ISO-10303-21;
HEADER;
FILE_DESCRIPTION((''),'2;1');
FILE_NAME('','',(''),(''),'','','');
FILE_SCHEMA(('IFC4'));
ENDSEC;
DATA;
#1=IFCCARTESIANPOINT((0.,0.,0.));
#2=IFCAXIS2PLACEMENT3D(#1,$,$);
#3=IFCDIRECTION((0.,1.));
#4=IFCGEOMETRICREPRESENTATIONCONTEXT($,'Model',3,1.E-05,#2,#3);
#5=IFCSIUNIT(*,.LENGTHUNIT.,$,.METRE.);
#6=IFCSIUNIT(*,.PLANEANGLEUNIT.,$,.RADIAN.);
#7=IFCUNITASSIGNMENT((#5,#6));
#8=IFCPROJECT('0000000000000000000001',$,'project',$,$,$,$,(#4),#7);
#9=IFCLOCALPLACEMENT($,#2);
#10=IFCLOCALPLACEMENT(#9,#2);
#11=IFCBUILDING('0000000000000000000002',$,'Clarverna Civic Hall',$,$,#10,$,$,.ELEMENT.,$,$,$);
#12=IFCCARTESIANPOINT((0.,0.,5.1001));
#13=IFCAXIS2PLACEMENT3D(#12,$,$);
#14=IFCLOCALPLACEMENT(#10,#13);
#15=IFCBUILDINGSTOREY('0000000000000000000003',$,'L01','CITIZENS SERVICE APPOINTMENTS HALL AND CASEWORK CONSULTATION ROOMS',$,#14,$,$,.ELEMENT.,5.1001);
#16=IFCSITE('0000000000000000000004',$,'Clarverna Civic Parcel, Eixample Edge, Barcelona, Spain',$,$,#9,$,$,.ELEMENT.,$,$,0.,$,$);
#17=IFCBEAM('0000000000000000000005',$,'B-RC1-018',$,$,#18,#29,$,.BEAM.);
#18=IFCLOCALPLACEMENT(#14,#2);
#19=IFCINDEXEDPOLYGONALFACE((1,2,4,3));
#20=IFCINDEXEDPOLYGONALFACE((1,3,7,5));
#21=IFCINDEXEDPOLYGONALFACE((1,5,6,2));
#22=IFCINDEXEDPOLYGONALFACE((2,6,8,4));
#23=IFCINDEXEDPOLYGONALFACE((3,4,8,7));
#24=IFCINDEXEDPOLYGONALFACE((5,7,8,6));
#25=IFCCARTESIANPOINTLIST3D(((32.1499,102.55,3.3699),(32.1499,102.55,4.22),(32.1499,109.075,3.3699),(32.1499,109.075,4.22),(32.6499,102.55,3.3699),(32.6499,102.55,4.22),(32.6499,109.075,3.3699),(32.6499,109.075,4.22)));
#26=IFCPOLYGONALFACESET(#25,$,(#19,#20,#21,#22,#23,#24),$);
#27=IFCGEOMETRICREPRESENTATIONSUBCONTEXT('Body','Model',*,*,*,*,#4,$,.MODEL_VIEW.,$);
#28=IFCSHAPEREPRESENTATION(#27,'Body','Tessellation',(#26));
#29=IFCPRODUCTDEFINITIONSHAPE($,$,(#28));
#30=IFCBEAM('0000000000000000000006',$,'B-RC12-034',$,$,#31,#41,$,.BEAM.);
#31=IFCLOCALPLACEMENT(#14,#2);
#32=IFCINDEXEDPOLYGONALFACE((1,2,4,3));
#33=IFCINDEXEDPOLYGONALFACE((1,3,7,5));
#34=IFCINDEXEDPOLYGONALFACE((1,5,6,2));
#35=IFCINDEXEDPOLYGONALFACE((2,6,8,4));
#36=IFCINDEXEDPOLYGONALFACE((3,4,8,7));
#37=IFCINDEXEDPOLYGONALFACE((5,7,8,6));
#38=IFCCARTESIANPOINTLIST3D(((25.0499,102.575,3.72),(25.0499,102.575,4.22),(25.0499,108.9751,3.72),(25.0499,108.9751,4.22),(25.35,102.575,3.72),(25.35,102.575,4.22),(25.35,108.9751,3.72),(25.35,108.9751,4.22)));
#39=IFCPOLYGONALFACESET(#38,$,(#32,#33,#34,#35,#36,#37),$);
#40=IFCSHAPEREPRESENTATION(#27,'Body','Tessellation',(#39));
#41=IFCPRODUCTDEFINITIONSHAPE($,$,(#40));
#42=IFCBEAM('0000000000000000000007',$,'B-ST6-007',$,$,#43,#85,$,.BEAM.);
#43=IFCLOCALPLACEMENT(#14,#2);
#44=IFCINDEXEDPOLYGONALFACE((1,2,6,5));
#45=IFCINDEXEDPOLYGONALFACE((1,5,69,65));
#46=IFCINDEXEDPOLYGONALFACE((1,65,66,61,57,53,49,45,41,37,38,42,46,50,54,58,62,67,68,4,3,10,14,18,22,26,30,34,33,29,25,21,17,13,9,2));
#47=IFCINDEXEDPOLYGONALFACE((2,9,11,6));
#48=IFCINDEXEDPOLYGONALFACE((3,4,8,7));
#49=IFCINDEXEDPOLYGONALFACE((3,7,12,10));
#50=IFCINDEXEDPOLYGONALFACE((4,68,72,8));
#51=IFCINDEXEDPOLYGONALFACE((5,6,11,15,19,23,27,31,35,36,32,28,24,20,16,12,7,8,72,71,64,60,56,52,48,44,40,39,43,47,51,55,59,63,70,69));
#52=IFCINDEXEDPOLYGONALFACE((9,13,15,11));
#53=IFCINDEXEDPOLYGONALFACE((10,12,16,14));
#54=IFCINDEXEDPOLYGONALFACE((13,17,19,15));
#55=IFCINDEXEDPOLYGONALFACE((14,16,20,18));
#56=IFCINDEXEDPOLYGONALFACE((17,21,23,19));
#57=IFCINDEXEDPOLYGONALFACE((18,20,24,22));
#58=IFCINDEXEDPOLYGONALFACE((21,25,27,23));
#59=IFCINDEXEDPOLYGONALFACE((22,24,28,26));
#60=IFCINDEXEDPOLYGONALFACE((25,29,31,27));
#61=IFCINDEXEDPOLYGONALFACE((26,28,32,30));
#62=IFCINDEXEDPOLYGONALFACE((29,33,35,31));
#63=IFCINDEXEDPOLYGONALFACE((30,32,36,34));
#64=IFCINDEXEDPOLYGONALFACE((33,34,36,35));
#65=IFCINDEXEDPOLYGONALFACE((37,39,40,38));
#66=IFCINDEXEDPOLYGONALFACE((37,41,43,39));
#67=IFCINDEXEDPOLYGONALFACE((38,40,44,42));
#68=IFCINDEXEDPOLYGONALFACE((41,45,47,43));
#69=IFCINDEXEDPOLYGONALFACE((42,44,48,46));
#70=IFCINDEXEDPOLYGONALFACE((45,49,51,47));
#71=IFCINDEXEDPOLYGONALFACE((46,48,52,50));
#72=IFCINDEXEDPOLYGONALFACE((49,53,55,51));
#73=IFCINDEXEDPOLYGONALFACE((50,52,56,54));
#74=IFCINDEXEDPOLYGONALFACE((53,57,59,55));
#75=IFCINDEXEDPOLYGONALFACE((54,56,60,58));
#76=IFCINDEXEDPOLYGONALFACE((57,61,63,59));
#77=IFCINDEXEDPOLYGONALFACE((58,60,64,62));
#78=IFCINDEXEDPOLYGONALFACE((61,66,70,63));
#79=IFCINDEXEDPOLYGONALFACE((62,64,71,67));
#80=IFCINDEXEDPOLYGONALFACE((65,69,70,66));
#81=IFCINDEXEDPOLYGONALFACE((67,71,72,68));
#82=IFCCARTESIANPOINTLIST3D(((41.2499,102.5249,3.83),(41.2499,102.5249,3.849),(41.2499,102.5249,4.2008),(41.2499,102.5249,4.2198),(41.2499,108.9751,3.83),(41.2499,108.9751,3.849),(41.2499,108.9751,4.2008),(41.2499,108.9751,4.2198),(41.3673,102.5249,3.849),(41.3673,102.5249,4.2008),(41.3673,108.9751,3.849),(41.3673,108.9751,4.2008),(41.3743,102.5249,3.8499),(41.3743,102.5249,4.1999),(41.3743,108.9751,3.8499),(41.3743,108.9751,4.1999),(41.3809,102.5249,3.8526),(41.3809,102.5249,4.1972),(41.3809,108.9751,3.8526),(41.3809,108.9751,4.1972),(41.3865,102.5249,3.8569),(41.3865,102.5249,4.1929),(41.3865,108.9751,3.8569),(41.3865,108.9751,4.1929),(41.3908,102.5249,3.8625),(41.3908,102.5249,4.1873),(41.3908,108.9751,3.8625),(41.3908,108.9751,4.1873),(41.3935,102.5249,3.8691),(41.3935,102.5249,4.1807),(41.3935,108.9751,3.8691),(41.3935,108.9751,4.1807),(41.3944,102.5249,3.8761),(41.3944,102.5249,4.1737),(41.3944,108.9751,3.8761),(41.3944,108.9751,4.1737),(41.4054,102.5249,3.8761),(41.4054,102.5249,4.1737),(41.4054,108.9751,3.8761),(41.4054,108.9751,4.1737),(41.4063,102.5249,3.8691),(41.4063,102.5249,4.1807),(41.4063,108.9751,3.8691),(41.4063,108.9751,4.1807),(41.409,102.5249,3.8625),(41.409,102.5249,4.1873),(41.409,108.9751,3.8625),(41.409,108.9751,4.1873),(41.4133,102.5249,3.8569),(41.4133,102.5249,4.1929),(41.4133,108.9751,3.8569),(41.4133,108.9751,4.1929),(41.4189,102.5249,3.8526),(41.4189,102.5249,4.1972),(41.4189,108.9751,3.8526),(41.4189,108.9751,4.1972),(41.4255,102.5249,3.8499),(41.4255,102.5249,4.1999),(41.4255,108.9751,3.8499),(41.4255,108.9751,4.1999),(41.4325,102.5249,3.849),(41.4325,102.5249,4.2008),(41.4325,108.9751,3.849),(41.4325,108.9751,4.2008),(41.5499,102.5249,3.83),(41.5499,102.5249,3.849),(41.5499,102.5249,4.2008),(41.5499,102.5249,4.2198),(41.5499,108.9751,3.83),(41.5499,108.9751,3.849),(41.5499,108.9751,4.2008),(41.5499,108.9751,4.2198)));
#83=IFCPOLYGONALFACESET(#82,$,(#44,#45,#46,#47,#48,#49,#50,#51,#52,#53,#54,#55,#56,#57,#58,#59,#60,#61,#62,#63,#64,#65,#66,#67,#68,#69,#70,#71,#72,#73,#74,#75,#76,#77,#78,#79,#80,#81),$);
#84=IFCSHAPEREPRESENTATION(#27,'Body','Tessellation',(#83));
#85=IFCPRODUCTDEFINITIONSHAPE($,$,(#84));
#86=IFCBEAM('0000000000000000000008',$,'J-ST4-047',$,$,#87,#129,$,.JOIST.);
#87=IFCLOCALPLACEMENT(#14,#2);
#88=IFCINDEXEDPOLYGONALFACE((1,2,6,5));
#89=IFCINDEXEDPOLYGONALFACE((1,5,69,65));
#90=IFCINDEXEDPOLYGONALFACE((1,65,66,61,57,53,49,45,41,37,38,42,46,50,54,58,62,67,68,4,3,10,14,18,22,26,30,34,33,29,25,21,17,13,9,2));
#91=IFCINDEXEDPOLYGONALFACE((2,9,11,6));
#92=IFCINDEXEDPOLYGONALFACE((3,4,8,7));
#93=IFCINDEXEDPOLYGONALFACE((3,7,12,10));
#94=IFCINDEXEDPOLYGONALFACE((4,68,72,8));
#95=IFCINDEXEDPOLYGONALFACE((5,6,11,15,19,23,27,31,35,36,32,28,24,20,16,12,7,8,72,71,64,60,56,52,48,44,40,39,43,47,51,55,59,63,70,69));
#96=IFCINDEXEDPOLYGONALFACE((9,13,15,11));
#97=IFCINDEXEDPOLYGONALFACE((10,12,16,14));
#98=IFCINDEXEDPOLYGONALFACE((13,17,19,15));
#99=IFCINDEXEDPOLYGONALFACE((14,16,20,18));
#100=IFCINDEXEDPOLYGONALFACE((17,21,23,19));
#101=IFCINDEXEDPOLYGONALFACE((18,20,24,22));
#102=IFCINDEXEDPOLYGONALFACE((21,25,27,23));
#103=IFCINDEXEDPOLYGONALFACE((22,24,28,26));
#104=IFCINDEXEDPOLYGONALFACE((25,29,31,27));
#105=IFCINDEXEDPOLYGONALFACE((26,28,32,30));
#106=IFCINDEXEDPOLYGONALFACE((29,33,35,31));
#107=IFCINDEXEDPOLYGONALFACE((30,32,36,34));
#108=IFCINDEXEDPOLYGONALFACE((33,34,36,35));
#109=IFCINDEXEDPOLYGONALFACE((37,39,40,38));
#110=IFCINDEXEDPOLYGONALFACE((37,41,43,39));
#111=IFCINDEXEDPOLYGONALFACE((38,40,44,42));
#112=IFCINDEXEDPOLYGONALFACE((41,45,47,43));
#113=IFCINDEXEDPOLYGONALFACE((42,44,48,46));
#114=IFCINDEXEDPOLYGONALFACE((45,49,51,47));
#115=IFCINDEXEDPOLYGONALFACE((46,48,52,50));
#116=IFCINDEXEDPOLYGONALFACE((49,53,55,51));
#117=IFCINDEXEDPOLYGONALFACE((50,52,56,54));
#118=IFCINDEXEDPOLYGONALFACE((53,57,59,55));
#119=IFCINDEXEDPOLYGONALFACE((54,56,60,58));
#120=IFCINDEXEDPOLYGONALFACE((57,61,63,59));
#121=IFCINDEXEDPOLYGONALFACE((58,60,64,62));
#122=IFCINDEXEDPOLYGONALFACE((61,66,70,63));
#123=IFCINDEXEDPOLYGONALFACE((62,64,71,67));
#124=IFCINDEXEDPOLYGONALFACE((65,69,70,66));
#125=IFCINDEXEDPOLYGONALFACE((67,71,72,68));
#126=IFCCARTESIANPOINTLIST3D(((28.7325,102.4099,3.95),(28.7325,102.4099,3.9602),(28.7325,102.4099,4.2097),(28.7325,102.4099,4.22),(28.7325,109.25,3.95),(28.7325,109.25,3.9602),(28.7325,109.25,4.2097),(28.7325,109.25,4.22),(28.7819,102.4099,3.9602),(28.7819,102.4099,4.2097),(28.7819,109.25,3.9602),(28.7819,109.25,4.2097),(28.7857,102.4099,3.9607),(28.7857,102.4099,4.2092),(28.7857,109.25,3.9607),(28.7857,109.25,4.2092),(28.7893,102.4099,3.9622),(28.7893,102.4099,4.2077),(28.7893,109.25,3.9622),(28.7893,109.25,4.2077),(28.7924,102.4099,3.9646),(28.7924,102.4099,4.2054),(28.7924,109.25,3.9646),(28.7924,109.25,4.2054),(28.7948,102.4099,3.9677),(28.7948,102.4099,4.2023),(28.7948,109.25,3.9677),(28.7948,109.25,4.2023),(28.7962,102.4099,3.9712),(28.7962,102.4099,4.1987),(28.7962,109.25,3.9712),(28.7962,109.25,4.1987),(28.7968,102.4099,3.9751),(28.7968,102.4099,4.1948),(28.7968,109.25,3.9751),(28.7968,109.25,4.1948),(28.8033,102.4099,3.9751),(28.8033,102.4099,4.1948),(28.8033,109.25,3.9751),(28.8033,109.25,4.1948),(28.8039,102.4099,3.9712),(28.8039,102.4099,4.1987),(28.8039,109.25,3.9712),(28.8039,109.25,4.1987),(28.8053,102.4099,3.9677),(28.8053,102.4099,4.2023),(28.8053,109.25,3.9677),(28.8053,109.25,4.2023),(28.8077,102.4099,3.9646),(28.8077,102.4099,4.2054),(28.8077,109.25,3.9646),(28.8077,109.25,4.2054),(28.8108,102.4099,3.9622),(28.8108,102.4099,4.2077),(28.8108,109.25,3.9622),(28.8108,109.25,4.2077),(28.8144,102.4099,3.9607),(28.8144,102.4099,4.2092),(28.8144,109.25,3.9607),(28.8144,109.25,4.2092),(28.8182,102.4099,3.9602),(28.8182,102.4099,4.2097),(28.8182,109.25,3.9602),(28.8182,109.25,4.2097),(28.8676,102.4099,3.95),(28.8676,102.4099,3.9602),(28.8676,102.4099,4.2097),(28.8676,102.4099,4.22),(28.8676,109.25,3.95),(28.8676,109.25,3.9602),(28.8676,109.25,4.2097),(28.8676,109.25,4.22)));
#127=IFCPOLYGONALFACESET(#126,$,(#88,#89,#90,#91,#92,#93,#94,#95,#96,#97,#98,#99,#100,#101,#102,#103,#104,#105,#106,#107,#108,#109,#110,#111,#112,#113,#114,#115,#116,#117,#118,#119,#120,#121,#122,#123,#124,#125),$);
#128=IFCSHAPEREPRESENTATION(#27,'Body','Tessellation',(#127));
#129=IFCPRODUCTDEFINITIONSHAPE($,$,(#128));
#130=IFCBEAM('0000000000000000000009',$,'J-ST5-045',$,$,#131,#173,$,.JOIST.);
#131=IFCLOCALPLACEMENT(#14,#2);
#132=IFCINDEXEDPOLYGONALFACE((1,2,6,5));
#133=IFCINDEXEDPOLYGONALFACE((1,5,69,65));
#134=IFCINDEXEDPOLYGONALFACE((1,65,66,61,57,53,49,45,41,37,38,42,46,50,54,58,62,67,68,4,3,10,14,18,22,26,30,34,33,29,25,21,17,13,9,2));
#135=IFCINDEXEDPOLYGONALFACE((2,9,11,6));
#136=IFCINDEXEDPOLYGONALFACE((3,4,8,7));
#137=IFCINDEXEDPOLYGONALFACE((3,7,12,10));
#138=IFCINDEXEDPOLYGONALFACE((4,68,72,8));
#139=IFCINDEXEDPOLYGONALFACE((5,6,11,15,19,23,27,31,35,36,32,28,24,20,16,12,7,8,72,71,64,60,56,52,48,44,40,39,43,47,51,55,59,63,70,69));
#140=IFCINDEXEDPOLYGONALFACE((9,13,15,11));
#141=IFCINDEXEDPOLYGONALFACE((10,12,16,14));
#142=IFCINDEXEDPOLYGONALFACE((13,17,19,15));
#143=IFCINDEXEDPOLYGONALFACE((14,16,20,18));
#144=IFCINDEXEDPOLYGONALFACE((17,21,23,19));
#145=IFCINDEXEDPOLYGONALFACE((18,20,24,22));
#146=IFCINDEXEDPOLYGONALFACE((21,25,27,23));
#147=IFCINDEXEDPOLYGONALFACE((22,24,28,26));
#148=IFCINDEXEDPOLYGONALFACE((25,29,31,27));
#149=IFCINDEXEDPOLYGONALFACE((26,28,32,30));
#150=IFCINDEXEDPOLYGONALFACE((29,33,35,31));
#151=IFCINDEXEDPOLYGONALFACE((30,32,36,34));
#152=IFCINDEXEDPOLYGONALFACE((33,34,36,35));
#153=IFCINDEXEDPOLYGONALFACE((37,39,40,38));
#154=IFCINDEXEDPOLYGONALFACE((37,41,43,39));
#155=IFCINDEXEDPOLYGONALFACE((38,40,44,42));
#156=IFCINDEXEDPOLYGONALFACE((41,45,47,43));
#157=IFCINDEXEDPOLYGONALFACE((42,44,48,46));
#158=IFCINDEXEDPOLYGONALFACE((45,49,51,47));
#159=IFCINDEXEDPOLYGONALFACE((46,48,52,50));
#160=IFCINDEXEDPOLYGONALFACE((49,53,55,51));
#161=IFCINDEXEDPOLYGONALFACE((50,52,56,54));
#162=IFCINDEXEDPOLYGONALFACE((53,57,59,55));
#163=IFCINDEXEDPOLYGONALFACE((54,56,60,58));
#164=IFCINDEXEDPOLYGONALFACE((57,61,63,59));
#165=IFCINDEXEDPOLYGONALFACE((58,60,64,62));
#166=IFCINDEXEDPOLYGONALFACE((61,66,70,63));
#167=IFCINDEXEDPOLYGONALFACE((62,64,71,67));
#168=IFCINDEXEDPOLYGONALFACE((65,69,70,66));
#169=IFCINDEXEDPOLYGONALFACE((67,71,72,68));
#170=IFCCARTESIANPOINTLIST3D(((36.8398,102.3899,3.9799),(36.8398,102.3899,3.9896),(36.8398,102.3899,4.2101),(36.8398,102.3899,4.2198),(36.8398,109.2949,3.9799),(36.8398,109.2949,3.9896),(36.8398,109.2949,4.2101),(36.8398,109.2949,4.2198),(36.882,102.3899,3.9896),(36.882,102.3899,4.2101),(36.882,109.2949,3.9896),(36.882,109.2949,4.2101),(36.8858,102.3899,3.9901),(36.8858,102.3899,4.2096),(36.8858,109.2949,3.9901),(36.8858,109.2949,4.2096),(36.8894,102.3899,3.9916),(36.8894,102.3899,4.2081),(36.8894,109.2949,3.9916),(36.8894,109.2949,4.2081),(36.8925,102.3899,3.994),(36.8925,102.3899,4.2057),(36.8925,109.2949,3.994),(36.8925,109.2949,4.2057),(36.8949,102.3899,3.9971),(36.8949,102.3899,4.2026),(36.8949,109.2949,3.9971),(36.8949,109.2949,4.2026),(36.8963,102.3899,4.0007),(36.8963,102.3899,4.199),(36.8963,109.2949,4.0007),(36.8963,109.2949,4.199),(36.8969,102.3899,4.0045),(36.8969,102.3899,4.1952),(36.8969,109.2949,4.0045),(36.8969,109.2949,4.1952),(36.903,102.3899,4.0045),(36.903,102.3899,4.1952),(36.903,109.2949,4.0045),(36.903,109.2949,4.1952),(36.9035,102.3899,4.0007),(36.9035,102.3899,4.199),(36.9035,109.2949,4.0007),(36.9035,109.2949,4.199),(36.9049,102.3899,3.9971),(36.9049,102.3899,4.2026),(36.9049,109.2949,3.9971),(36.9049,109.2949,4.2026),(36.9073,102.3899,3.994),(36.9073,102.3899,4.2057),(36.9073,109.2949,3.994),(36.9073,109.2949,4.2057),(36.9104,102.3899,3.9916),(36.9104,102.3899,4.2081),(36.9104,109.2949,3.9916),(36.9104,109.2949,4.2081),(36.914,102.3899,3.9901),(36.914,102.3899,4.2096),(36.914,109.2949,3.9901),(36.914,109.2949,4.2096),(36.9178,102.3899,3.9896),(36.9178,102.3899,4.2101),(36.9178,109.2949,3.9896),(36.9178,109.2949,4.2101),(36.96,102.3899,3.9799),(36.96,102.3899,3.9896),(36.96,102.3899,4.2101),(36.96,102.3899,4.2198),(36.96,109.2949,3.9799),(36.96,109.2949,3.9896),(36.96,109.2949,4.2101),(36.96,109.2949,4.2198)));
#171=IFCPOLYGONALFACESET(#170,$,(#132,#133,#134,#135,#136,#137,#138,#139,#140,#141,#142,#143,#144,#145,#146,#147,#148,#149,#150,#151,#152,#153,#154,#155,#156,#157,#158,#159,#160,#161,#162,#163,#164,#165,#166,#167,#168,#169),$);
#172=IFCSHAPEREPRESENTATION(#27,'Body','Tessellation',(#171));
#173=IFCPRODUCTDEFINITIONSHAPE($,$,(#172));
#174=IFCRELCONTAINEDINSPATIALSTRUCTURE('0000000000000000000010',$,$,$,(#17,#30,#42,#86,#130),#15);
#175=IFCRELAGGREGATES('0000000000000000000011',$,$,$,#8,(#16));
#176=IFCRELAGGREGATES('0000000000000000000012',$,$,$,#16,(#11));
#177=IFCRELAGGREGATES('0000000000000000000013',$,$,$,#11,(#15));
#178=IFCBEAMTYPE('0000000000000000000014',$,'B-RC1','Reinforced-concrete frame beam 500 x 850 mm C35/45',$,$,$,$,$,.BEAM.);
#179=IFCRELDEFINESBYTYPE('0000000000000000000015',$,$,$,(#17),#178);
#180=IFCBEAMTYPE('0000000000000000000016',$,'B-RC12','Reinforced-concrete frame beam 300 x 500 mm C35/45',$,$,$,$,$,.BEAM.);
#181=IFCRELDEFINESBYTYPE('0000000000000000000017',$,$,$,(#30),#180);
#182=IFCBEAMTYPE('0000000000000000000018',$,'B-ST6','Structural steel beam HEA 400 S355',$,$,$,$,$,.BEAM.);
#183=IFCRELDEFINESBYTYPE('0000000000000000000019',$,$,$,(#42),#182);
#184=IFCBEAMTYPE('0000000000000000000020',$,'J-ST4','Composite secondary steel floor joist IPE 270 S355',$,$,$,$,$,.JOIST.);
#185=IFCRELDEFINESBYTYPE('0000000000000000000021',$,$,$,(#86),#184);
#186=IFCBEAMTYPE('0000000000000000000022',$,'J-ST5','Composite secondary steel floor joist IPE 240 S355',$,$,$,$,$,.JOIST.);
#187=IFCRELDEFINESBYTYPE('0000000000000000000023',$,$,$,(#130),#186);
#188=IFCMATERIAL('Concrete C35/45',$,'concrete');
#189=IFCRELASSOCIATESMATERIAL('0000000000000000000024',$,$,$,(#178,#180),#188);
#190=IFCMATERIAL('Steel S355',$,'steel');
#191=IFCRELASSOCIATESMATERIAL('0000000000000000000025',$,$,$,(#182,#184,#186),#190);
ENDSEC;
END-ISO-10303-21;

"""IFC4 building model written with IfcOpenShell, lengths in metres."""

from ifc_helpers import new_model, si_unit, direction, frame, origin, origin_2d, place, context, subcontext, project, spatial, rectangle, i_section, extrude, material, material_profile, profile_set, type_object, element, save


model = new_model("IFC4")

# Units and contexts
model_context = context("Model", 3, precision=1e-05, world=origin(), true_north=direction((0.0, 1.0)))
body_context = subcontext(model_context, "Body", "Model", "MODEL_VIEW")
ifc_project = project(units=[si_unit("LENGTHUNIT", "METRE"), si_unit("PLANEANGLEUNIT", "RADIAN")], contexts=[model_context])

# Site, building, storey
site_placement = place(None, origin())
site = spatial("IfcSite", under=ifc_project, at=site_placement, Name="Clarverna Civic Parcel, Eixample Edge, Barcelona, Spain", CompositionType="ELEMENT", RefElevation=0.0)
building_placement = place(site_placement, origin())
building = spatial("IfcBuilding", under=site, at=building_placement, Name="Clarverna Civic Hall", CompositionType="ELEMENT")
storey_placement = place(building_placement, frame((0.0, 0.0, 5.1001)))
storey = spatial("IfcBuildingStorey", under=building, at=storey_placement, Name="L01", Description="CITIZENS SERVICE APPOINTMENTS HALL AND CASEWORK CONSULTATION ROOMS", CompositionType="ELEMENT", Elevation=5.1001)

# Beams
ifc_material_1 = material(Name="Concrete C35/45", Category="concrete")
ifc_material_profile_1 = material_profile(ifc_material_1, rectangle(XDim=0.5, YDim=0.8501, at=origin_2d()), Name="RC 500x850")
ifc_profile_set_1 = profile_set([ifc_material_profile_1], Name="Concrete C35/45")
beam_type_1 = type_object("IfcBeamType", Name="B-RC1", Description="Reinforced-concrete frame beam 500 x 850 mm C35/45", PredefinedType="BEAM", material=ifc_profile_set_1)
beam_1_placement = place(storey_placement, frame((32.3999, 102.55, 3.7949), z_axis=(0.0, 1.0, 0.0), x_axis=(-1.0, 0.0, 0.0)))
element("IfcBeam", 1, at=beam_1_placement, inside=storey, type_object=beam_type_1, Name="B-RC1-018", PredefinedType="BEAM", context=body_context, shape_type="SweptSolid", body=[
    extrude(rectangle(XDim=0.5, YDim=0.8501, at=origin_2d()), origin(), (0.0, 0.0, 1.0), 6.5249),
])
ifc_material_profile_2 = material_profile(ifc_material_1, rectangle(XDim=0.3, YDim=0.5, at=origin_2d()), Name="RC 300x500")
ifc_profile_set_2 = profile_set([ifc_material_profile_2], Name="Concrete C35/45")
beam_type_2 = type_object("IfcBeamType", Name="B-RC12", Description="Reinforced-concrete frame beam 300 x 500 mm C35/45", PredefinedType="BEAM", material=ifc_profile_set_2)
beam_2_placement = place(storey_placement, frame((25.2, 102.575, 3.97), z_axis=(0.0, 1.0, 0.0), x_axis=(-1.0, 0.0, 0.0)))
element("IfcBeam", 2, at=beam_2_placement, inside=storey, type_object=beam_type_2, Name="B-RC12-034", PredefinedType="BEAM", context=body_context, shape_type="SweptSolid", body=[
    extrude(rectangle(XDim=0.3, YDim=0.5, at=origin_2d()), origin(), (0.0, 0.0, 1.0), 6.4001),
])
ifc_material_2 = material(Name="Steel S355", Category="steel")
ifc_material_profile_3 = material_profile(ifc_material_2, i_section(OverallWidth=0.3, OverallDepth=0.3899, WebThickness=0.011, FlangeThickness=0.019, FilletRadius=0.0271, at=origin_2d()), Name="HEA 400")
ifc_profile_set_3 = profile_set([ifc_material_profile_3], Name="Steel S355")
beam_type_3 = type_object("IfcBeamType", Name="B-ST6", Description="Structural steel beam HEA 400 S355", PredefinedType="BEAM", material=ifc_profile_set_3)
beam_3_placement = place(storey_placement, frame((41.3999, 102.5249, 4.0249), z_axis=(0.0, 1.0, 0.0), x_axis=(-1.0, 0.0, 0.0)))
element("IfcBeam", 3, at=beam_3_placement, inside=storey, type_object=beam_type_3, Name="B-ST6-007", PredefinedType="BEAM", context=body_context, shape_type="SweptSolid", body=[
    extrude(i_section(OverallWidth=0.3, OverallDepth=0.3899, WebThickness=0.011, FlangeThickness=0.019, FilletRadius=0.0271, at=origin_2d()), origin(), (0.0, 0.0, 1.0), 6.4502),
])
ifc_material_profile_4 = material_profile(ifc_material_2, i_section(OverallWidth=0.135, OverallDepth=0.27, WebThickness=0.0066, FlangeThickness=0.0103, FilletRadius=0.0149, at=origin_2d()), Name="IPE 270")
ifc_profile_set_4 = profile_set([ifc_material_profile_4], Name="Steel S355")
beam_type_4 = type_object("IfcBeamType", Name="J-ST4", Description="Composite secondary steel floor joist IPE 270 S355", PredefinedType="JOIST", material=ifc_profile_set_4)
beam_4_placement = place(storey_placement, frame((28.8, 102.4099, 4.085), z_axis=(0.0, 1.0, 0.0), x_axis=(-1.0, 0.0, 0.0)))
element("IfcBeam", 4, at=beam_4_placement, inside=storey, type_object=beam_type_4, Name="J-ST4-047", PredefinedType="JOIST", context=body_context, shape_type="SweptSolid", body=[
    extrude(i_section(OverallWidth=0.135, OverallDepth=0.27, WebThickness=0.0066, FlangeThickness=0.0103, FilletRadius=0.0149, at=origin_2d()), origin(), (0.0, 0.0, 1.0), 6.8401),
])
ifc_material_profile_5 = material_profile(ifc_material_2, i_section(OverallWidth=0.1201, OverallDepth=0.24, WebThickness=0.0061, FlangeThickness=0.0098, FilletRadius=0.0149, at=origin_2d()), Name="IPE 240")
ifc_profile_set_5 = profile_set([ifc_material_profile_5], Name="Steel S355")
beam_type_5 = type_object("IfcBeamType", Name="J-ST5", Description="Composite secondary steel floor joist IPE 240 S355", PredefinedType="JOIST", material=ifc_profile_set_5)
beam_5_placement = place(storey_placement, frame((36.8999, 102.3899, 4.0999), z_axis=(0.0, 1.0, 0.0), x_axis=(-1.0, 0.0, 0.0)))
element("IfcBeam", 5, at=beam_5_placement, inside=storey, type_object=beam_type_5, Name="J-ST5-045", PredefinedType="JOIST", context=body_context, shape_type="SweptSolid", body=[
    extrude(i_section(OverallWidth=0.1201, OverallDepth=0.24, WebThickness=0.0061, FlangeThickness=0.0098, FilletRadius=0.0149, at=origin_2d()), origin(), (0.0, 0.0, 1.0), 6.905),
])

save(model, "model.ifc")
